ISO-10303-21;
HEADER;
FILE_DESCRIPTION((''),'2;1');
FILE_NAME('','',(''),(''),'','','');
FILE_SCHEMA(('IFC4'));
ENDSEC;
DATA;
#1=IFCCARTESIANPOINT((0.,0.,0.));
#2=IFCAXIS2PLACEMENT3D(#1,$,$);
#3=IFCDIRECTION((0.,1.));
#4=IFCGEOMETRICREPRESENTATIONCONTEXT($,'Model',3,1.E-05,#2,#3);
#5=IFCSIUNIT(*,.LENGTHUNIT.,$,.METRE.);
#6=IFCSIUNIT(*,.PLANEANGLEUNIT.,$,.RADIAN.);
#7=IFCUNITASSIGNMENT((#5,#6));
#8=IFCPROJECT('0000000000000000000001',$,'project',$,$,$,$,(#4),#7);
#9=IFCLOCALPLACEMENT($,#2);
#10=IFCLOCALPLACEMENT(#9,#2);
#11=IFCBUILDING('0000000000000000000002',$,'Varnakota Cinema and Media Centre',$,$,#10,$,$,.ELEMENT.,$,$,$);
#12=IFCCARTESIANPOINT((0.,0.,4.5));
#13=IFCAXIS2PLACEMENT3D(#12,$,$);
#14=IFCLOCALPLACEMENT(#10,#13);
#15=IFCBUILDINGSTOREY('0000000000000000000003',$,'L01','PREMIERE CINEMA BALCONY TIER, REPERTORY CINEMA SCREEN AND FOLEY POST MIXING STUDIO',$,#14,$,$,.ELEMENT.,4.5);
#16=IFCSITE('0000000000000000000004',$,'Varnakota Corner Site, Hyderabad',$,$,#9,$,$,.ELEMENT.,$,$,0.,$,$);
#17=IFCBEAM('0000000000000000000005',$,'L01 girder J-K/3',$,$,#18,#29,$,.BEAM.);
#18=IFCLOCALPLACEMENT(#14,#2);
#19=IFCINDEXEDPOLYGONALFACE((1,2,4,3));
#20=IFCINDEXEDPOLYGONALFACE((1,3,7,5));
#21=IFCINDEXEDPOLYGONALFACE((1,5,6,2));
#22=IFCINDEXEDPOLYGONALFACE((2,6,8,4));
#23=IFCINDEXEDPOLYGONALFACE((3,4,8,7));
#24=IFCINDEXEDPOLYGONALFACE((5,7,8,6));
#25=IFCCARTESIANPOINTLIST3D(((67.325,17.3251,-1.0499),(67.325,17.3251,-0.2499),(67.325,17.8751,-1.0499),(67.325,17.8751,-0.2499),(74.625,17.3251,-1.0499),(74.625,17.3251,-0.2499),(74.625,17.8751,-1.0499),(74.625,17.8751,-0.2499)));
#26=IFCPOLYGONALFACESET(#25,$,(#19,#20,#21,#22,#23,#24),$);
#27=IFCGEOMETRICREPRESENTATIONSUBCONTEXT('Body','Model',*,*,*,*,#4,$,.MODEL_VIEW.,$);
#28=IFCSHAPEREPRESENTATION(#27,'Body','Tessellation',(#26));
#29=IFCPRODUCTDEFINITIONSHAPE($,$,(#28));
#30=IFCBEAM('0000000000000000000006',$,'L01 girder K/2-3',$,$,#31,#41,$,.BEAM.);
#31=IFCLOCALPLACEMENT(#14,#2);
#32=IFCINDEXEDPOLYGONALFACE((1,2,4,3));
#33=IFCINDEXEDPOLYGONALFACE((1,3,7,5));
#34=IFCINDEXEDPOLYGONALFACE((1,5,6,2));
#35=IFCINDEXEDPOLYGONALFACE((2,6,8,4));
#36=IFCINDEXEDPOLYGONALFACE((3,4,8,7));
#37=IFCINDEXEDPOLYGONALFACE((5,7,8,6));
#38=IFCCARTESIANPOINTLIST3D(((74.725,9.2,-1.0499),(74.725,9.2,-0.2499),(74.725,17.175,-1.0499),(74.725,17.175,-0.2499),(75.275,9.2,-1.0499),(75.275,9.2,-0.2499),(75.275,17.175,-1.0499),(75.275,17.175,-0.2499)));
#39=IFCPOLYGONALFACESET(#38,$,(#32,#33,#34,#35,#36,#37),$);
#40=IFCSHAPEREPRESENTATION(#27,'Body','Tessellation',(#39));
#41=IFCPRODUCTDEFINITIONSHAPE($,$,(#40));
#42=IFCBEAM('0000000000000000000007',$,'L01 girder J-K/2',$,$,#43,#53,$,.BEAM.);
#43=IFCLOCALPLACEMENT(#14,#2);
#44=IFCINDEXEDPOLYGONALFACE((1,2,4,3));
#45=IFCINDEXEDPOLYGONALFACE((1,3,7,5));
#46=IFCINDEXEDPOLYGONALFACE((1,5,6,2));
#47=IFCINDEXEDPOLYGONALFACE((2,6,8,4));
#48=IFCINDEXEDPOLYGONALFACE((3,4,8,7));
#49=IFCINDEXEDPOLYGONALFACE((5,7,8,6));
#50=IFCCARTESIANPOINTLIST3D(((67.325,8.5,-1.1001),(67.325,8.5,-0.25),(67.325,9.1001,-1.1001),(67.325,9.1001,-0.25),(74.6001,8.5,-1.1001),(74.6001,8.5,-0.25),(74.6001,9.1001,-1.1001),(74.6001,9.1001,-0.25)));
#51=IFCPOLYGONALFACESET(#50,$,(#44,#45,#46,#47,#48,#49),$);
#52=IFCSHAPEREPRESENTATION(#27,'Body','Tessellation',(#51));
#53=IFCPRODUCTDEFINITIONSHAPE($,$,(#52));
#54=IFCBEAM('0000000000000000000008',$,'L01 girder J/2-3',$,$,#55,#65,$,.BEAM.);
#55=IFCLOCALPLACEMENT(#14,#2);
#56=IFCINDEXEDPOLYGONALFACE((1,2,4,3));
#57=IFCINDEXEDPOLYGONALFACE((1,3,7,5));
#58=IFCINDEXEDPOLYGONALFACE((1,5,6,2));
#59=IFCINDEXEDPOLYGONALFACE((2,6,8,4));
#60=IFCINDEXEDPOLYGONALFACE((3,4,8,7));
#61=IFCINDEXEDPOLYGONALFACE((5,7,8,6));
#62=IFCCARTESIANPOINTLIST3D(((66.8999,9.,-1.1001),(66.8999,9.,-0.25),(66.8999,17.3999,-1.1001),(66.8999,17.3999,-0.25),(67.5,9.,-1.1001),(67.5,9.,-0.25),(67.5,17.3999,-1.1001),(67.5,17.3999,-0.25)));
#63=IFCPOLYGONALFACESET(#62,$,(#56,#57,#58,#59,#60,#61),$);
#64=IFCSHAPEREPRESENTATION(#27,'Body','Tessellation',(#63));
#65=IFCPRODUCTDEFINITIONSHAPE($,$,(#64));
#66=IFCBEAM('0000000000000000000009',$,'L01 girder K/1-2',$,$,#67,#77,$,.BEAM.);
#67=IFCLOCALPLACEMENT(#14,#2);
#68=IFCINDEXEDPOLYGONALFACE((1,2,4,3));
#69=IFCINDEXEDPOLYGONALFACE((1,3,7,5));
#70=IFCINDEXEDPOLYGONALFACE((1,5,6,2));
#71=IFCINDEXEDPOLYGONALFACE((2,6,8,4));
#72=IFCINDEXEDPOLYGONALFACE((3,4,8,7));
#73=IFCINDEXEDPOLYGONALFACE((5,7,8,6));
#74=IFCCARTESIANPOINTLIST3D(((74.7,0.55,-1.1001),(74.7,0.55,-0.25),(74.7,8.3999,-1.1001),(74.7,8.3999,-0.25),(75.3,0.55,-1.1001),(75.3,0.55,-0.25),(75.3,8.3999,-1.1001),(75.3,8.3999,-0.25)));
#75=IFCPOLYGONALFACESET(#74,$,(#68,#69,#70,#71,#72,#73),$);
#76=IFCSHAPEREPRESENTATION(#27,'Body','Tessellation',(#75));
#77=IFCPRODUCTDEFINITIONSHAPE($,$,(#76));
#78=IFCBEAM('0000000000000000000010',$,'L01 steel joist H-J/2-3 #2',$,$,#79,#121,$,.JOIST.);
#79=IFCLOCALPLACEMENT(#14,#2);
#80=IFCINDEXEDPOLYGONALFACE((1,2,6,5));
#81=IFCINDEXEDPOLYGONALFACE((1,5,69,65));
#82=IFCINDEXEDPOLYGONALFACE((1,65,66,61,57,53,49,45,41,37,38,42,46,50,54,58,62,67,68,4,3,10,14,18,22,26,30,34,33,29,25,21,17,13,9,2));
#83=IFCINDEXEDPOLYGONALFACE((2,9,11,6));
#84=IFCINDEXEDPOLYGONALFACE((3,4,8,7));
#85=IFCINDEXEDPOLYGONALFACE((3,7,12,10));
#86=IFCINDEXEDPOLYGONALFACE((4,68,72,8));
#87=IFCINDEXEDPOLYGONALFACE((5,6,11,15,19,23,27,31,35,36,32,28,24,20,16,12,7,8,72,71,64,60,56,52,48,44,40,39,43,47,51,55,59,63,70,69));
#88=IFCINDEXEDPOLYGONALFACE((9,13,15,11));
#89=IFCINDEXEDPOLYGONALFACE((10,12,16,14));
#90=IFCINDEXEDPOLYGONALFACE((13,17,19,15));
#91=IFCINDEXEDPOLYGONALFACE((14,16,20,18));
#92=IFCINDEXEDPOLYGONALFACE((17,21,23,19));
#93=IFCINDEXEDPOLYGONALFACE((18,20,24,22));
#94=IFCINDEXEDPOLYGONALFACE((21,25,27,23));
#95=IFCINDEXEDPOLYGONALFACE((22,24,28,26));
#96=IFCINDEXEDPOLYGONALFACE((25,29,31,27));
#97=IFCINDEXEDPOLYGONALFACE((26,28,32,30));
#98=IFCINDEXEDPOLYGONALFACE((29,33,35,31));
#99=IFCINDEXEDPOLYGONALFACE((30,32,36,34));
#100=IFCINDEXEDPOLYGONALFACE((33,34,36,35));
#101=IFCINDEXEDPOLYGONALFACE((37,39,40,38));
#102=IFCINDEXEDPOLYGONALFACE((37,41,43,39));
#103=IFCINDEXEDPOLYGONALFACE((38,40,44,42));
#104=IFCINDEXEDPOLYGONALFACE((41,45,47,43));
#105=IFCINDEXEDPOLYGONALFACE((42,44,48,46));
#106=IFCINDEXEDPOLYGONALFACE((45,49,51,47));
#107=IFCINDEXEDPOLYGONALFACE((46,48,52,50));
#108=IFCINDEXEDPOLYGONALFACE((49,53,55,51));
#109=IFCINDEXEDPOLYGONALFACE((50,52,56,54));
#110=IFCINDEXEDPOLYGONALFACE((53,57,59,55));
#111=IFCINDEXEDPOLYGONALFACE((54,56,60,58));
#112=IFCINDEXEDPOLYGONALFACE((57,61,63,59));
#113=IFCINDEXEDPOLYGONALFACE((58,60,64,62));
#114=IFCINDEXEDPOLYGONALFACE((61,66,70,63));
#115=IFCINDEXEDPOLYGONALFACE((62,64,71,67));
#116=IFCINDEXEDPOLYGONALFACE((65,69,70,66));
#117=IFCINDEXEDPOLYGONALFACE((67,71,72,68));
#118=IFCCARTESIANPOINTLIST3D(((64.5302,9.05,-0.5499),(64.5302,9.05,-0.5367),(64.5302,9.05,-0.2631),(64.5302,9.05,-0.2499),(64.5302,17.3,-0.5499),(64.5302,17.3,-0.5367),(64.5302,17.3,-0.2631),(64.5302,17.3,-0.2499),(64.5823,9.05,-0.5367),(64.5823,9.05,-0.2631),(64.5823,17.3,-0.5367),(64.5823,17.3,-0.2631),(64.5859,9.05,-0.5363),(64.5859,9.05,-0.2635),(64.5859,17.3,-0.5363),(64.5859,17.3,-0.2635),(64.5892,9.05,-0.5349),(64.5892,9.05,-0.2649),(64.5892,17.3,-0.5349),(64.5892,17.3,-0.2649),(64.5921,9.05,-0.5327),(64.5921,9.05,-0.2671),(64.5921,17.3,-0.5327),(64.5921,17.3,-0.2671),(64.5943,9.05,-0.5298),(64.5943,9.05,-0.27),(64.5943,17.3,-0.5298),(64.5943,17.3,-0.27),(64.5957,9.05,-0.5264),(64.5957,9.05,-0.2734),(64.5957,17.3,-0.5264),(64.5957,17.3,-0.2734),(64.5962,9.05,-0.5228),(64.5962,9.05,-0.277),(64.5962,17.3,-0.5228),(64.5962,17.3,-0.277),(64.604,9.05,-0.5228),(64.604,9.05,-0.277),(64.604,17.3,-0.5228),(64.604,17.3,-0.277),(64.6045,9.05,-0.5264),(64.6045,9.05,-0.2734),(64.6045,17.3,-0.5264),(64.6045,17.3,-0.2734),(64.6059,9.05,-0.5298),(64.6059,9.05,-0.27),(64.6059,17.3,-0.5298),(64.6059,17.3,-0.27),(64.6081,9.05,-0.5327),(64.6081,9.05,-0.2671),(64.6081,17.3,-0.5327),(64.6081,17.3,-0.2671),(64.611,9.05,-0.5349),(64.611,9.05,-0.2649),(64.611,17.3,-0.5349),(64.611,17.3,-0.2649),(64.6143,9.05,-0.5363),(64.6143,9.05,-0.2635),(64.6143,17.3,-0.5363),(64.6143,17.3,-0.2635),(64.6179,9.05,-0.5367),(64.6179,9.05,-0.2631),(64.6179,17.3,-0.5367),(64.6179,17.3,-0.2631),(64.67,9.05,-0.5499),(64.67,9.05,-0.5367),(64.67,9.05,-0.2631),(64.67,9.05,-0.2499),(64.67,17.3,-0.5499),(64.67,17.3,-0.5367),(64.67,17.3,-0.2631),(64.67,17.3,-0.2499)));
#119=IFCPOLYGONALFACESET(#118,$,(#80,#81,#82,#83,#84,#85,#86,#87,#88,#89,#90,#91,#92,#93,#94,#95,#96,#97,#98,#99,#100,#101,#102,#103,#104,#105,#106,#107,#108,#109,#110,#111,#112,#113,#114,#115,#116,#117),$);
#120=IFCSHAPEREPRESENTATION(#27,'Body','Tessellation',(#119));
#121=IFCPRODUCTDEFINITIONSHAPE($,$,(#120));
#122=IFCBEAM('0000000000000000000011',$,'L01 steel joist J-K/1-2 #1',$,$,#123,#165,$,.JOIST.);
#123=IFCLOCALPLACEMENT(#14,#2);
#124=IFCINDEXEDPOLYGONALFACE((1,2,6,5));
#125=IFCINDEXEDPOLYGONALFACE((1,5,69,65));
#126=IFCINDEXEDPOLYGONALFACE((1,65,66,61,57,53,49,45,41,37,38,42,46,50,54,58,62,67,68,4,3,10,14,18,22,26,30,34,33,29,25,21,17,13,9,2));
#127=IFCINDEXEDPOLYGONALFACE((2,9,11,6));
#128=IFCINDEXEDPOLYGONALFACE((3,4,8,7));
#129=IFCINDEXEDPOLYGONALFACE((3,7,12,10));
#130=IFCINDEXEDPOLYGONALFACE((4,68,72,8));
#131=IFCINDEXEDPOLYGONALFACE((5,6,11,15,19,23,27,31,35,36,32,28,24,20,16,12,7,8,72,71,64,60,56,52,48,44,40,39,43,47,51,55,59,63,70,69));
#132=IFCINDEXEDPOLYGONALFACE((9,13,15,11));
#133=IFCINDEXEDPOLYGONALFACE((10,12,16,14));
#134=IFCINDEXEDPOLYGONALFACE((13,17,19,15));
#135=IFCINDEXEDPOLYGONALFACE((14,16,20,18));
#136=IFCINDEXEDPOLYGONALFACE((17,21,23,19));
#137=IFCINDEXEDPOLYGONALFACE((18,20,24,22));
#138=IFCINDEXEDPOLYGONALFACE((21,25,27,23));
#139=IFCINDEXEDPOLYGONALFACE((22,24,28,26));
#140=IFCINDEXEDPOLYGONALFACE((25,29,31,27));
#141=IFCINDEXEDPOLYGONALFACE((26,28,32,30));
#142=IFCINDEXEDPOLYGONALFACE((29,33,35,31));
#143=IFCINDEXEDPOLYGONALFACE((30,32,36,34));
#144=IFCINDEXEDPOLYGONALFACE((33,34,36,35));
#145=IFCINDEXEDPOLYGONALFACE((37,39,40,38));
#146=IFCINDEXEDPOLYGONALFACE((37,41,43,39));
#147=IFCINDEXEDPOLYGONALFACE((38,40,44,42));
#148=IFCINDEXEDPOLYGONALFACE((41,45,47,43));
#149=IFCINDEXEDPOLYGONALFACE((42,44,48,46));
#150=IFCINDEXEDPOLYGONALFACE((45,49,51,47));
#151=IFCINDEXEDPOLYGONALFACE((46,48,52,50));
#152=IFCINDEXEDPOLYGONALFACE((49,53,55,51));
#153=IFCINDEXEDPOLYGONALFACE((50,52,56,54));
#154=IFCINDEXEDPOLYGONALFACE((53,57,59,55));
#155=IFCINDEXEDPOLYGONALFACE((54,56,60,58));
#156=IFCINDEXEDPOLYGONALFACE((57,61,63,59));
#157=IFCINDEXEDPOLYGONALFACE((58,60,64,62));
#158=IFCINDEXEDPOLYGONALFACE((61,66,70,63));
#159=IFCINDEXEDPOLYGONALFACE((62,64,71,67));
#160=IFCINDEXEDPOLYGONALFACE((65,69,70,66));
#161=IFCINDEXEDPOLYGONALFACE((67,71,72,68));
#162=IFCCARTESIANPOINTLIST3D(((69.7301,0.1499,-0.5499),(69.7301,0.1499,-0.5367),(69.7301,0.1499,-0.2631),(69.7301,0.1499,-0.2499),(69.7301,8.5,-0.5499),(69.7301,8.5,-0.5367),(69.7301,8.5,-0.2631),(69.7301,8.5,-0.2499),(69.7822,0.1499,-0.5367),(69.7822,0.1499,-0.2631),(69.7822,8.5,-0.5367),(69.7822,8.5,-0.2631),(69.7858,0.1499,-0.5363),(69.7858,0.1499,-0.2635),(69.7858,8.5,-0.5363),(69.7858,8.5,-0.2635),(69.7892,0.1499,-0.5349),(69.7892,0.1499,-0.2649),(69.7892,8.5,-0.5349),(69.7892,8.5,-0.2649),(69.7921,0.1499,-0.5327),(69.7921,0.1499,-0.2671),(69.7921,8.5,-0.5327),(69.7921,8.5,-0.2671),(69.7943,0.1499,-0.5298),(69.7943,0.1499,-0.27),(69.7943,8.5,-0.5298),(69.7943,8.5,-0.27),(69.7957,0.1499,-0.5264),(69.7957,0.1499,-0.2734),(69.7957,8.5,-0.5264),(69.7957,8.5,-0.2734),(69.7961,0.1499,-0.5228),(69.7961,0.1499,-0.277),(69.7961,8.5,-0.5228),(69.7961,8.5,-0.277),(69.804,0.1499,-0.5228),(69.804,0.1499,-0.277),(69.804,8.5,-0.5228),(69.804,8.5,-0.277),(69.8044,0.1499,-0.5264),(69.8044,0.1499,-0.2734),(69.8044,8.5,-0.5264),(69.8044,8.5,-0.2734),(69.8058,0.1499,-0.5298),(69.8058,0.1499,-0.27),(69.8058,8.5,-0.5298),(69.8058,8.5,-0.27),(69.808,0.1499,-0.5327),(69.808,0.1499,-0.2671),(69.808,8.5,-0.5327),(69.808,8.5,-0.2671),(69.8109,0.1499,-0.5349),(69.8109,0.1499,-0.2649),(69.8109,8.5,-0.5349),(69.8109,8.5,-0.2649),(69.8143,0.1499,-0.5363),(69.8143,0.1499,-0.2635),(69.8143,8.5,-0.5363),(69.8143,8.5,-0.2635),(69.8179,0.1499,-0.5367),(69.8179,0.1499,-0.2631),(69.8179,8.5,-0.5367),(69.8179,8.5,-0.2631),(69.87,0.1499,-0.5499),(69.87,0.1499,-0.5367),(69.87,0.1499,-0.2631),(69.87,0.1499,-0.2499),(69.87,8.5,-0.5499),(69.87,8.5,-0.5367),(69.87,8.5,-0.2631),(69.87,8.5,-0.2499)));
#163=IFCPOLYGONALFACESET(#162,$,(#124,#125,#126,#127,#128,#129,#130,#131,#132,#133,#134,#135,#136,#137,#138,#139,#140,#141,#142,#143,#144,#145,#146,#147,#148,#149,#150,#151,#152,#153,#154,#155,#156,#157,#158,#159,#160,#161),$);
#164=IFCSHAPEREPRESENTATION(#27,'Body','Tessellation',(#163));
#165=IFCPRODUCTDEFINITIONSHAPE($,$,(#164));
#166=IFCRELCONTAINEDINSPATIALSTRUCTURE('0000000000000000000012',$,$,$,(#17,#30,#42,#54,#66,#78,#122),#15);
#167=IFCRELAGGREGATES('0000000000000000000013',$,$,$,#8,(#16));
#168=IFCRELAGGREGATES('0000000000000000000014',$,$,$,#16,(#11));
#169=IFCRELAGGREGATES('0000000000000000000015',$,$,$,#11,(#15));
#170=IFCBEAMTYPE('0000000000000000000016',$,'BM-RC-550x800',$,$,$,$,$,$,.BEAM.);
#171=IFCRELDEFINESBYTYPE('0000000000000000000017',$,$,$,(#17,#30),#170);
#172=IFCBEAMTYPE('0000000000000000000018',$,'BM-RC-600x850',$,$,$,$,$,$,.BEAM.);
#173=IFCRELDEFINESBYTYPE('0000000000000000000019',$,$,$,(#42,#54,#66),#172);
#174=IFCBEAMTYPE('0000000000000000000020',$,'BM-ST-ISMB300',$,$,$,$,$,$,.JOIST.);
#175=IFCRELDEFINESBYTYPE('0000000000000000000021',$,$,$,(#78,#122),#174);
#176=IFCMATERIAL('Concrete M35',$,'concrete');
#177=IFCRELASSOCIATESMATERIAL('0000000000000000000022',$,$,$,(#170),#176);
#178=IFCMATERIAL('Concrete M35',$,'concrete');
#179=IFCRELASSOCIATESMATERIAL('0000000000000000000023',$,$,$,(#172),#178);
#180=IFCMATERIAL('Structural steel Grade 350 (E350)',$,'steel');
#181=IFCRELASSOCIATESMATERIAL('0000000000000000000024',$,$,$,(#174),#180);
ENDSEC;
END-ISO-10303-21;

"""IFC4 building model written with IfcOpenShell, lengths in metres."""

from ifc_helpers import new_model, si_unit, direction, frame, origin, origin_2d, place, context, subcontext, project, spatial, rectangle, i_section, extrude, material, material_profile, profile_set, type_object, element, save


model = new_model("IFC4")

# Units and contexts
model_context = context("Model", 3, precision=1e-05, world=origin(), true_north=direction((0.0, 1.0)))
body_context = subcontext(model_context, "Body", "Model", "MODEL_VIEW")
ifc_project = project(units=[si_unit("LENGTHUNIT", "METRE"), si_unit("PLANEANGLEUNIT", "RADIAN")], contexts=[model_context])

# Site, building, storey
site_placement = place(None, origin())
site = spatial("IfcSite", under=ifc_project, at=site_placement, Name="Varnakota Corner Site, Hyderabad", CompositionType="ELEMENT", RefElevation=0.0)
building_placement = place(site_placement, origin())
building = spatial("IfcBuilding", under=site, at=building_placement, Name="Varnakota Cinema and Media Centre", CompositionType="ELEMENT")
storey_placement = place(building_placement, frame((0.0, 0.0, 4.5)))
storey = spatial("IfcBuildingStorey", under=building, at=storey_placement, Name="L01", Description="PREMIERE CINEMA BALCONY TIER, REPERTORY CINEMA SCREEN AND FOLEY POST MIXING STUDIO", CompositionType="ELEMENT", Elevation=4.5)

# Beams
ifc_material_1 = material(Name="Concrete M35", Category="concrete")
ifc_material_profile_1 = material_profile(ifc_material_1, rectangle(XDim=0.55, YDim=0.8, at=origin_2d()), Name="RCB 550x800")
ifc_profile_set_1 = profile_set([ifc_material_profile_1], Name="Concrete M35")
beam_type_1 = type_object("IfcBeamType", Name="BM-RC-550x800", PredefinedType="BEAM", material=ifc_profile_set_1)
beam_1_placement = place(storey_placement, frame((67.325, 17.6001, -0.6499), z_axis=(1.0, 0.0, 0.0), x_axis=(0.0, 1.0, 0.0)))
element("IfcBeam", 1, at=beam_1_placement, inside=storey, type_object=beam_type_1, Name="L01 girder J-K/3", PredefinedType="BEAM", context=body_context, shape_type="SweptSolid", body=[
    extrude(rectangle(XDim=0.55, YDim=0.8, at=origin_2d()), origin(), (0.0, 0.0, 1.0), 7.3),
])
beam_2_placement = place(storey_placement, frame((75.0, 9.2, -0.6499), z_axis=(0.0, 1.0, 0.0), x_axis=(-1.0, 0.0, 0.0)))
element("IfcBeam", 2, at=beam_2_placement, inside=storey, type_object=beam_type_1, Name="L01 girder K/2-3", PredefinedType="BEAM", context=body_context, shape_type="SweptSolid", body=[
    extrude(rectangle(XDim=0.55, YDim=0.8, at=origin_2d()), origin(), (0.0, 0.0, 1.0), 7.9751),
])
ifc_material_2 = material(Name="Concrete M35", Category="concrete")
ifc_material_profile_2 = material_profile(ifc_material_2, rectangle(XDim=0.6001, YDim=0.8501, at=origin_2d()), Name="RCB 600x850")
ifc_profile_set_2 = profile_set([ifc_material_profile_2], Name="Concrete M35")
beam_type_2 = type_object("IfcBeamType", Name="BM-RC-600x850", PredefinedType="BEAM", material=ifc_profile_set_2)
beam_3_placement = place(storey_placement, frame((67.325, 8.8, -0.675), z_axis=(1.0, 0.0, 0.0), x_axis=(0.0, 1.0, 0.0)))
element("IfcBeam", 3, at=beam_3_placement, inside=storey, type_object=beam_type_2, Name="L01 girder J-K/2", PredefinedType="BEAM", context=body_context, shape_type="SweptSolid", body=[
    extrude(rectangle(XDim=0.6001, YDim=0.8501, at=origin_2d()), origin(), (0.0, 0.0, 1.0), 7.2751),
])
beam_4_placement = place(storey_placement, frame((67.2, 9.0, -0.675), z_axis=(0.0, 1.0, 0.0), x_axis=(-1.0, 0.0, 0.0)))
element("IfcBeam", 4, at=beam_4_placement, inside=storey, type_object=beam_type_2, Name="L01 girder J/2-3", PredefinedType="BEAM", context=body_context, shape_type="SweptSolid", body=[
    extrude(rectangle(XDim=0.6001, YDim=0.8501, at=origin_2d()), origin(), (0.0, 0.0, 1.0), 8.3999),
])
beam_5_placement = place(storey_placement, frame((75.0, 0.55, -0.675), z_axis=(0.0, 1.0, 0.0), x_axis=(-1.0, 0.0, 0.0)))
element("IfcBeam", 5, at=beam_5_placement, inside=storey, type_object=beam_type_2, Name="L01 girder K/1-2", PredefinedType="BEAM", context=body_context, shape_type="SweptSolid", body=[
    extrude(rectangle(XDim=0.6001, YDim=0.8501, at=origin_2d()), origin(), (0.0, 0.0, 1.0), 7.8499),
])
ifc_material_3 = material(Name="Structural steel Grade 350 (E350)", Category="steel")
ifc_material_profile_3 = material_profile(ifc_material_3, i_section(OverallWidth=0.1399, OverallDepth=0.3, WebThickness=0.0078, FlangeThickness=0.0132, FilletRadius=0.0139, at=origin_2d()), Name="ISMB 300")
ifc_profile_set_3 = profile_set([ifc_material_profile_3], Name="Structural steel Grade 350 (E350)")
beam_type_3 = type_object("IfcBeamType", Name="BM-ST-ISMB300", PredefinedType="JOIST", material=ifc_profile_set_3)
beam_6_placement = place(storey_placement, frame((64.6001, 9.05, -0.3999), z_axis=(0.0, 1.0, 0.0), x_axis=(-1.0, 0.0, 0.0)))
element("IfcBeam", 6, at=beam_6_placement, inside=storey, type_object=beam_type_3, Name="L01 steel joist H-J/2-3 #2", PredefinedType="JOIST", context=body_context, shape_type="SweptSolid", body=[
    extrude(i_section(OverallWidth=0.1399, OverallDepth=0.3, WebThickness=0.0078, FlangeThickness=0.0132, FilletRadius=0.0139, at=origin_2d()), origin(), (0.0, 0.0, 1.0), 8.25),
])
for number, where, z_axis, x_axis, name in (
    (7, (69.8, 0.1499, -0.3999), (0.0, 1.0, 0.0), (-1.0, 0.0, 0.0), "L01 steel joist J-K/1-2 #1"),
):
    element("IfcBeam", number, at=place(storey_placement, frame(where, z_axis=z_axis, x_axis=x_axis)), inside=storey, type_object=beam_type_3, Name=name, PredefinedType="JOIST", context=body_context, shape_type="SweptSolid", body=[
        extrude(i_section(OverallWidth=0.1399, OverallDepth=0.3, WebThickness=0.0078, FlangeThickness=0.0132, FilletRadius=0.0139, at=origin_2d()), origin(), (0.0, 0.0, 1.0), 8.3501),
    ])

save(model, "model.ifc")
